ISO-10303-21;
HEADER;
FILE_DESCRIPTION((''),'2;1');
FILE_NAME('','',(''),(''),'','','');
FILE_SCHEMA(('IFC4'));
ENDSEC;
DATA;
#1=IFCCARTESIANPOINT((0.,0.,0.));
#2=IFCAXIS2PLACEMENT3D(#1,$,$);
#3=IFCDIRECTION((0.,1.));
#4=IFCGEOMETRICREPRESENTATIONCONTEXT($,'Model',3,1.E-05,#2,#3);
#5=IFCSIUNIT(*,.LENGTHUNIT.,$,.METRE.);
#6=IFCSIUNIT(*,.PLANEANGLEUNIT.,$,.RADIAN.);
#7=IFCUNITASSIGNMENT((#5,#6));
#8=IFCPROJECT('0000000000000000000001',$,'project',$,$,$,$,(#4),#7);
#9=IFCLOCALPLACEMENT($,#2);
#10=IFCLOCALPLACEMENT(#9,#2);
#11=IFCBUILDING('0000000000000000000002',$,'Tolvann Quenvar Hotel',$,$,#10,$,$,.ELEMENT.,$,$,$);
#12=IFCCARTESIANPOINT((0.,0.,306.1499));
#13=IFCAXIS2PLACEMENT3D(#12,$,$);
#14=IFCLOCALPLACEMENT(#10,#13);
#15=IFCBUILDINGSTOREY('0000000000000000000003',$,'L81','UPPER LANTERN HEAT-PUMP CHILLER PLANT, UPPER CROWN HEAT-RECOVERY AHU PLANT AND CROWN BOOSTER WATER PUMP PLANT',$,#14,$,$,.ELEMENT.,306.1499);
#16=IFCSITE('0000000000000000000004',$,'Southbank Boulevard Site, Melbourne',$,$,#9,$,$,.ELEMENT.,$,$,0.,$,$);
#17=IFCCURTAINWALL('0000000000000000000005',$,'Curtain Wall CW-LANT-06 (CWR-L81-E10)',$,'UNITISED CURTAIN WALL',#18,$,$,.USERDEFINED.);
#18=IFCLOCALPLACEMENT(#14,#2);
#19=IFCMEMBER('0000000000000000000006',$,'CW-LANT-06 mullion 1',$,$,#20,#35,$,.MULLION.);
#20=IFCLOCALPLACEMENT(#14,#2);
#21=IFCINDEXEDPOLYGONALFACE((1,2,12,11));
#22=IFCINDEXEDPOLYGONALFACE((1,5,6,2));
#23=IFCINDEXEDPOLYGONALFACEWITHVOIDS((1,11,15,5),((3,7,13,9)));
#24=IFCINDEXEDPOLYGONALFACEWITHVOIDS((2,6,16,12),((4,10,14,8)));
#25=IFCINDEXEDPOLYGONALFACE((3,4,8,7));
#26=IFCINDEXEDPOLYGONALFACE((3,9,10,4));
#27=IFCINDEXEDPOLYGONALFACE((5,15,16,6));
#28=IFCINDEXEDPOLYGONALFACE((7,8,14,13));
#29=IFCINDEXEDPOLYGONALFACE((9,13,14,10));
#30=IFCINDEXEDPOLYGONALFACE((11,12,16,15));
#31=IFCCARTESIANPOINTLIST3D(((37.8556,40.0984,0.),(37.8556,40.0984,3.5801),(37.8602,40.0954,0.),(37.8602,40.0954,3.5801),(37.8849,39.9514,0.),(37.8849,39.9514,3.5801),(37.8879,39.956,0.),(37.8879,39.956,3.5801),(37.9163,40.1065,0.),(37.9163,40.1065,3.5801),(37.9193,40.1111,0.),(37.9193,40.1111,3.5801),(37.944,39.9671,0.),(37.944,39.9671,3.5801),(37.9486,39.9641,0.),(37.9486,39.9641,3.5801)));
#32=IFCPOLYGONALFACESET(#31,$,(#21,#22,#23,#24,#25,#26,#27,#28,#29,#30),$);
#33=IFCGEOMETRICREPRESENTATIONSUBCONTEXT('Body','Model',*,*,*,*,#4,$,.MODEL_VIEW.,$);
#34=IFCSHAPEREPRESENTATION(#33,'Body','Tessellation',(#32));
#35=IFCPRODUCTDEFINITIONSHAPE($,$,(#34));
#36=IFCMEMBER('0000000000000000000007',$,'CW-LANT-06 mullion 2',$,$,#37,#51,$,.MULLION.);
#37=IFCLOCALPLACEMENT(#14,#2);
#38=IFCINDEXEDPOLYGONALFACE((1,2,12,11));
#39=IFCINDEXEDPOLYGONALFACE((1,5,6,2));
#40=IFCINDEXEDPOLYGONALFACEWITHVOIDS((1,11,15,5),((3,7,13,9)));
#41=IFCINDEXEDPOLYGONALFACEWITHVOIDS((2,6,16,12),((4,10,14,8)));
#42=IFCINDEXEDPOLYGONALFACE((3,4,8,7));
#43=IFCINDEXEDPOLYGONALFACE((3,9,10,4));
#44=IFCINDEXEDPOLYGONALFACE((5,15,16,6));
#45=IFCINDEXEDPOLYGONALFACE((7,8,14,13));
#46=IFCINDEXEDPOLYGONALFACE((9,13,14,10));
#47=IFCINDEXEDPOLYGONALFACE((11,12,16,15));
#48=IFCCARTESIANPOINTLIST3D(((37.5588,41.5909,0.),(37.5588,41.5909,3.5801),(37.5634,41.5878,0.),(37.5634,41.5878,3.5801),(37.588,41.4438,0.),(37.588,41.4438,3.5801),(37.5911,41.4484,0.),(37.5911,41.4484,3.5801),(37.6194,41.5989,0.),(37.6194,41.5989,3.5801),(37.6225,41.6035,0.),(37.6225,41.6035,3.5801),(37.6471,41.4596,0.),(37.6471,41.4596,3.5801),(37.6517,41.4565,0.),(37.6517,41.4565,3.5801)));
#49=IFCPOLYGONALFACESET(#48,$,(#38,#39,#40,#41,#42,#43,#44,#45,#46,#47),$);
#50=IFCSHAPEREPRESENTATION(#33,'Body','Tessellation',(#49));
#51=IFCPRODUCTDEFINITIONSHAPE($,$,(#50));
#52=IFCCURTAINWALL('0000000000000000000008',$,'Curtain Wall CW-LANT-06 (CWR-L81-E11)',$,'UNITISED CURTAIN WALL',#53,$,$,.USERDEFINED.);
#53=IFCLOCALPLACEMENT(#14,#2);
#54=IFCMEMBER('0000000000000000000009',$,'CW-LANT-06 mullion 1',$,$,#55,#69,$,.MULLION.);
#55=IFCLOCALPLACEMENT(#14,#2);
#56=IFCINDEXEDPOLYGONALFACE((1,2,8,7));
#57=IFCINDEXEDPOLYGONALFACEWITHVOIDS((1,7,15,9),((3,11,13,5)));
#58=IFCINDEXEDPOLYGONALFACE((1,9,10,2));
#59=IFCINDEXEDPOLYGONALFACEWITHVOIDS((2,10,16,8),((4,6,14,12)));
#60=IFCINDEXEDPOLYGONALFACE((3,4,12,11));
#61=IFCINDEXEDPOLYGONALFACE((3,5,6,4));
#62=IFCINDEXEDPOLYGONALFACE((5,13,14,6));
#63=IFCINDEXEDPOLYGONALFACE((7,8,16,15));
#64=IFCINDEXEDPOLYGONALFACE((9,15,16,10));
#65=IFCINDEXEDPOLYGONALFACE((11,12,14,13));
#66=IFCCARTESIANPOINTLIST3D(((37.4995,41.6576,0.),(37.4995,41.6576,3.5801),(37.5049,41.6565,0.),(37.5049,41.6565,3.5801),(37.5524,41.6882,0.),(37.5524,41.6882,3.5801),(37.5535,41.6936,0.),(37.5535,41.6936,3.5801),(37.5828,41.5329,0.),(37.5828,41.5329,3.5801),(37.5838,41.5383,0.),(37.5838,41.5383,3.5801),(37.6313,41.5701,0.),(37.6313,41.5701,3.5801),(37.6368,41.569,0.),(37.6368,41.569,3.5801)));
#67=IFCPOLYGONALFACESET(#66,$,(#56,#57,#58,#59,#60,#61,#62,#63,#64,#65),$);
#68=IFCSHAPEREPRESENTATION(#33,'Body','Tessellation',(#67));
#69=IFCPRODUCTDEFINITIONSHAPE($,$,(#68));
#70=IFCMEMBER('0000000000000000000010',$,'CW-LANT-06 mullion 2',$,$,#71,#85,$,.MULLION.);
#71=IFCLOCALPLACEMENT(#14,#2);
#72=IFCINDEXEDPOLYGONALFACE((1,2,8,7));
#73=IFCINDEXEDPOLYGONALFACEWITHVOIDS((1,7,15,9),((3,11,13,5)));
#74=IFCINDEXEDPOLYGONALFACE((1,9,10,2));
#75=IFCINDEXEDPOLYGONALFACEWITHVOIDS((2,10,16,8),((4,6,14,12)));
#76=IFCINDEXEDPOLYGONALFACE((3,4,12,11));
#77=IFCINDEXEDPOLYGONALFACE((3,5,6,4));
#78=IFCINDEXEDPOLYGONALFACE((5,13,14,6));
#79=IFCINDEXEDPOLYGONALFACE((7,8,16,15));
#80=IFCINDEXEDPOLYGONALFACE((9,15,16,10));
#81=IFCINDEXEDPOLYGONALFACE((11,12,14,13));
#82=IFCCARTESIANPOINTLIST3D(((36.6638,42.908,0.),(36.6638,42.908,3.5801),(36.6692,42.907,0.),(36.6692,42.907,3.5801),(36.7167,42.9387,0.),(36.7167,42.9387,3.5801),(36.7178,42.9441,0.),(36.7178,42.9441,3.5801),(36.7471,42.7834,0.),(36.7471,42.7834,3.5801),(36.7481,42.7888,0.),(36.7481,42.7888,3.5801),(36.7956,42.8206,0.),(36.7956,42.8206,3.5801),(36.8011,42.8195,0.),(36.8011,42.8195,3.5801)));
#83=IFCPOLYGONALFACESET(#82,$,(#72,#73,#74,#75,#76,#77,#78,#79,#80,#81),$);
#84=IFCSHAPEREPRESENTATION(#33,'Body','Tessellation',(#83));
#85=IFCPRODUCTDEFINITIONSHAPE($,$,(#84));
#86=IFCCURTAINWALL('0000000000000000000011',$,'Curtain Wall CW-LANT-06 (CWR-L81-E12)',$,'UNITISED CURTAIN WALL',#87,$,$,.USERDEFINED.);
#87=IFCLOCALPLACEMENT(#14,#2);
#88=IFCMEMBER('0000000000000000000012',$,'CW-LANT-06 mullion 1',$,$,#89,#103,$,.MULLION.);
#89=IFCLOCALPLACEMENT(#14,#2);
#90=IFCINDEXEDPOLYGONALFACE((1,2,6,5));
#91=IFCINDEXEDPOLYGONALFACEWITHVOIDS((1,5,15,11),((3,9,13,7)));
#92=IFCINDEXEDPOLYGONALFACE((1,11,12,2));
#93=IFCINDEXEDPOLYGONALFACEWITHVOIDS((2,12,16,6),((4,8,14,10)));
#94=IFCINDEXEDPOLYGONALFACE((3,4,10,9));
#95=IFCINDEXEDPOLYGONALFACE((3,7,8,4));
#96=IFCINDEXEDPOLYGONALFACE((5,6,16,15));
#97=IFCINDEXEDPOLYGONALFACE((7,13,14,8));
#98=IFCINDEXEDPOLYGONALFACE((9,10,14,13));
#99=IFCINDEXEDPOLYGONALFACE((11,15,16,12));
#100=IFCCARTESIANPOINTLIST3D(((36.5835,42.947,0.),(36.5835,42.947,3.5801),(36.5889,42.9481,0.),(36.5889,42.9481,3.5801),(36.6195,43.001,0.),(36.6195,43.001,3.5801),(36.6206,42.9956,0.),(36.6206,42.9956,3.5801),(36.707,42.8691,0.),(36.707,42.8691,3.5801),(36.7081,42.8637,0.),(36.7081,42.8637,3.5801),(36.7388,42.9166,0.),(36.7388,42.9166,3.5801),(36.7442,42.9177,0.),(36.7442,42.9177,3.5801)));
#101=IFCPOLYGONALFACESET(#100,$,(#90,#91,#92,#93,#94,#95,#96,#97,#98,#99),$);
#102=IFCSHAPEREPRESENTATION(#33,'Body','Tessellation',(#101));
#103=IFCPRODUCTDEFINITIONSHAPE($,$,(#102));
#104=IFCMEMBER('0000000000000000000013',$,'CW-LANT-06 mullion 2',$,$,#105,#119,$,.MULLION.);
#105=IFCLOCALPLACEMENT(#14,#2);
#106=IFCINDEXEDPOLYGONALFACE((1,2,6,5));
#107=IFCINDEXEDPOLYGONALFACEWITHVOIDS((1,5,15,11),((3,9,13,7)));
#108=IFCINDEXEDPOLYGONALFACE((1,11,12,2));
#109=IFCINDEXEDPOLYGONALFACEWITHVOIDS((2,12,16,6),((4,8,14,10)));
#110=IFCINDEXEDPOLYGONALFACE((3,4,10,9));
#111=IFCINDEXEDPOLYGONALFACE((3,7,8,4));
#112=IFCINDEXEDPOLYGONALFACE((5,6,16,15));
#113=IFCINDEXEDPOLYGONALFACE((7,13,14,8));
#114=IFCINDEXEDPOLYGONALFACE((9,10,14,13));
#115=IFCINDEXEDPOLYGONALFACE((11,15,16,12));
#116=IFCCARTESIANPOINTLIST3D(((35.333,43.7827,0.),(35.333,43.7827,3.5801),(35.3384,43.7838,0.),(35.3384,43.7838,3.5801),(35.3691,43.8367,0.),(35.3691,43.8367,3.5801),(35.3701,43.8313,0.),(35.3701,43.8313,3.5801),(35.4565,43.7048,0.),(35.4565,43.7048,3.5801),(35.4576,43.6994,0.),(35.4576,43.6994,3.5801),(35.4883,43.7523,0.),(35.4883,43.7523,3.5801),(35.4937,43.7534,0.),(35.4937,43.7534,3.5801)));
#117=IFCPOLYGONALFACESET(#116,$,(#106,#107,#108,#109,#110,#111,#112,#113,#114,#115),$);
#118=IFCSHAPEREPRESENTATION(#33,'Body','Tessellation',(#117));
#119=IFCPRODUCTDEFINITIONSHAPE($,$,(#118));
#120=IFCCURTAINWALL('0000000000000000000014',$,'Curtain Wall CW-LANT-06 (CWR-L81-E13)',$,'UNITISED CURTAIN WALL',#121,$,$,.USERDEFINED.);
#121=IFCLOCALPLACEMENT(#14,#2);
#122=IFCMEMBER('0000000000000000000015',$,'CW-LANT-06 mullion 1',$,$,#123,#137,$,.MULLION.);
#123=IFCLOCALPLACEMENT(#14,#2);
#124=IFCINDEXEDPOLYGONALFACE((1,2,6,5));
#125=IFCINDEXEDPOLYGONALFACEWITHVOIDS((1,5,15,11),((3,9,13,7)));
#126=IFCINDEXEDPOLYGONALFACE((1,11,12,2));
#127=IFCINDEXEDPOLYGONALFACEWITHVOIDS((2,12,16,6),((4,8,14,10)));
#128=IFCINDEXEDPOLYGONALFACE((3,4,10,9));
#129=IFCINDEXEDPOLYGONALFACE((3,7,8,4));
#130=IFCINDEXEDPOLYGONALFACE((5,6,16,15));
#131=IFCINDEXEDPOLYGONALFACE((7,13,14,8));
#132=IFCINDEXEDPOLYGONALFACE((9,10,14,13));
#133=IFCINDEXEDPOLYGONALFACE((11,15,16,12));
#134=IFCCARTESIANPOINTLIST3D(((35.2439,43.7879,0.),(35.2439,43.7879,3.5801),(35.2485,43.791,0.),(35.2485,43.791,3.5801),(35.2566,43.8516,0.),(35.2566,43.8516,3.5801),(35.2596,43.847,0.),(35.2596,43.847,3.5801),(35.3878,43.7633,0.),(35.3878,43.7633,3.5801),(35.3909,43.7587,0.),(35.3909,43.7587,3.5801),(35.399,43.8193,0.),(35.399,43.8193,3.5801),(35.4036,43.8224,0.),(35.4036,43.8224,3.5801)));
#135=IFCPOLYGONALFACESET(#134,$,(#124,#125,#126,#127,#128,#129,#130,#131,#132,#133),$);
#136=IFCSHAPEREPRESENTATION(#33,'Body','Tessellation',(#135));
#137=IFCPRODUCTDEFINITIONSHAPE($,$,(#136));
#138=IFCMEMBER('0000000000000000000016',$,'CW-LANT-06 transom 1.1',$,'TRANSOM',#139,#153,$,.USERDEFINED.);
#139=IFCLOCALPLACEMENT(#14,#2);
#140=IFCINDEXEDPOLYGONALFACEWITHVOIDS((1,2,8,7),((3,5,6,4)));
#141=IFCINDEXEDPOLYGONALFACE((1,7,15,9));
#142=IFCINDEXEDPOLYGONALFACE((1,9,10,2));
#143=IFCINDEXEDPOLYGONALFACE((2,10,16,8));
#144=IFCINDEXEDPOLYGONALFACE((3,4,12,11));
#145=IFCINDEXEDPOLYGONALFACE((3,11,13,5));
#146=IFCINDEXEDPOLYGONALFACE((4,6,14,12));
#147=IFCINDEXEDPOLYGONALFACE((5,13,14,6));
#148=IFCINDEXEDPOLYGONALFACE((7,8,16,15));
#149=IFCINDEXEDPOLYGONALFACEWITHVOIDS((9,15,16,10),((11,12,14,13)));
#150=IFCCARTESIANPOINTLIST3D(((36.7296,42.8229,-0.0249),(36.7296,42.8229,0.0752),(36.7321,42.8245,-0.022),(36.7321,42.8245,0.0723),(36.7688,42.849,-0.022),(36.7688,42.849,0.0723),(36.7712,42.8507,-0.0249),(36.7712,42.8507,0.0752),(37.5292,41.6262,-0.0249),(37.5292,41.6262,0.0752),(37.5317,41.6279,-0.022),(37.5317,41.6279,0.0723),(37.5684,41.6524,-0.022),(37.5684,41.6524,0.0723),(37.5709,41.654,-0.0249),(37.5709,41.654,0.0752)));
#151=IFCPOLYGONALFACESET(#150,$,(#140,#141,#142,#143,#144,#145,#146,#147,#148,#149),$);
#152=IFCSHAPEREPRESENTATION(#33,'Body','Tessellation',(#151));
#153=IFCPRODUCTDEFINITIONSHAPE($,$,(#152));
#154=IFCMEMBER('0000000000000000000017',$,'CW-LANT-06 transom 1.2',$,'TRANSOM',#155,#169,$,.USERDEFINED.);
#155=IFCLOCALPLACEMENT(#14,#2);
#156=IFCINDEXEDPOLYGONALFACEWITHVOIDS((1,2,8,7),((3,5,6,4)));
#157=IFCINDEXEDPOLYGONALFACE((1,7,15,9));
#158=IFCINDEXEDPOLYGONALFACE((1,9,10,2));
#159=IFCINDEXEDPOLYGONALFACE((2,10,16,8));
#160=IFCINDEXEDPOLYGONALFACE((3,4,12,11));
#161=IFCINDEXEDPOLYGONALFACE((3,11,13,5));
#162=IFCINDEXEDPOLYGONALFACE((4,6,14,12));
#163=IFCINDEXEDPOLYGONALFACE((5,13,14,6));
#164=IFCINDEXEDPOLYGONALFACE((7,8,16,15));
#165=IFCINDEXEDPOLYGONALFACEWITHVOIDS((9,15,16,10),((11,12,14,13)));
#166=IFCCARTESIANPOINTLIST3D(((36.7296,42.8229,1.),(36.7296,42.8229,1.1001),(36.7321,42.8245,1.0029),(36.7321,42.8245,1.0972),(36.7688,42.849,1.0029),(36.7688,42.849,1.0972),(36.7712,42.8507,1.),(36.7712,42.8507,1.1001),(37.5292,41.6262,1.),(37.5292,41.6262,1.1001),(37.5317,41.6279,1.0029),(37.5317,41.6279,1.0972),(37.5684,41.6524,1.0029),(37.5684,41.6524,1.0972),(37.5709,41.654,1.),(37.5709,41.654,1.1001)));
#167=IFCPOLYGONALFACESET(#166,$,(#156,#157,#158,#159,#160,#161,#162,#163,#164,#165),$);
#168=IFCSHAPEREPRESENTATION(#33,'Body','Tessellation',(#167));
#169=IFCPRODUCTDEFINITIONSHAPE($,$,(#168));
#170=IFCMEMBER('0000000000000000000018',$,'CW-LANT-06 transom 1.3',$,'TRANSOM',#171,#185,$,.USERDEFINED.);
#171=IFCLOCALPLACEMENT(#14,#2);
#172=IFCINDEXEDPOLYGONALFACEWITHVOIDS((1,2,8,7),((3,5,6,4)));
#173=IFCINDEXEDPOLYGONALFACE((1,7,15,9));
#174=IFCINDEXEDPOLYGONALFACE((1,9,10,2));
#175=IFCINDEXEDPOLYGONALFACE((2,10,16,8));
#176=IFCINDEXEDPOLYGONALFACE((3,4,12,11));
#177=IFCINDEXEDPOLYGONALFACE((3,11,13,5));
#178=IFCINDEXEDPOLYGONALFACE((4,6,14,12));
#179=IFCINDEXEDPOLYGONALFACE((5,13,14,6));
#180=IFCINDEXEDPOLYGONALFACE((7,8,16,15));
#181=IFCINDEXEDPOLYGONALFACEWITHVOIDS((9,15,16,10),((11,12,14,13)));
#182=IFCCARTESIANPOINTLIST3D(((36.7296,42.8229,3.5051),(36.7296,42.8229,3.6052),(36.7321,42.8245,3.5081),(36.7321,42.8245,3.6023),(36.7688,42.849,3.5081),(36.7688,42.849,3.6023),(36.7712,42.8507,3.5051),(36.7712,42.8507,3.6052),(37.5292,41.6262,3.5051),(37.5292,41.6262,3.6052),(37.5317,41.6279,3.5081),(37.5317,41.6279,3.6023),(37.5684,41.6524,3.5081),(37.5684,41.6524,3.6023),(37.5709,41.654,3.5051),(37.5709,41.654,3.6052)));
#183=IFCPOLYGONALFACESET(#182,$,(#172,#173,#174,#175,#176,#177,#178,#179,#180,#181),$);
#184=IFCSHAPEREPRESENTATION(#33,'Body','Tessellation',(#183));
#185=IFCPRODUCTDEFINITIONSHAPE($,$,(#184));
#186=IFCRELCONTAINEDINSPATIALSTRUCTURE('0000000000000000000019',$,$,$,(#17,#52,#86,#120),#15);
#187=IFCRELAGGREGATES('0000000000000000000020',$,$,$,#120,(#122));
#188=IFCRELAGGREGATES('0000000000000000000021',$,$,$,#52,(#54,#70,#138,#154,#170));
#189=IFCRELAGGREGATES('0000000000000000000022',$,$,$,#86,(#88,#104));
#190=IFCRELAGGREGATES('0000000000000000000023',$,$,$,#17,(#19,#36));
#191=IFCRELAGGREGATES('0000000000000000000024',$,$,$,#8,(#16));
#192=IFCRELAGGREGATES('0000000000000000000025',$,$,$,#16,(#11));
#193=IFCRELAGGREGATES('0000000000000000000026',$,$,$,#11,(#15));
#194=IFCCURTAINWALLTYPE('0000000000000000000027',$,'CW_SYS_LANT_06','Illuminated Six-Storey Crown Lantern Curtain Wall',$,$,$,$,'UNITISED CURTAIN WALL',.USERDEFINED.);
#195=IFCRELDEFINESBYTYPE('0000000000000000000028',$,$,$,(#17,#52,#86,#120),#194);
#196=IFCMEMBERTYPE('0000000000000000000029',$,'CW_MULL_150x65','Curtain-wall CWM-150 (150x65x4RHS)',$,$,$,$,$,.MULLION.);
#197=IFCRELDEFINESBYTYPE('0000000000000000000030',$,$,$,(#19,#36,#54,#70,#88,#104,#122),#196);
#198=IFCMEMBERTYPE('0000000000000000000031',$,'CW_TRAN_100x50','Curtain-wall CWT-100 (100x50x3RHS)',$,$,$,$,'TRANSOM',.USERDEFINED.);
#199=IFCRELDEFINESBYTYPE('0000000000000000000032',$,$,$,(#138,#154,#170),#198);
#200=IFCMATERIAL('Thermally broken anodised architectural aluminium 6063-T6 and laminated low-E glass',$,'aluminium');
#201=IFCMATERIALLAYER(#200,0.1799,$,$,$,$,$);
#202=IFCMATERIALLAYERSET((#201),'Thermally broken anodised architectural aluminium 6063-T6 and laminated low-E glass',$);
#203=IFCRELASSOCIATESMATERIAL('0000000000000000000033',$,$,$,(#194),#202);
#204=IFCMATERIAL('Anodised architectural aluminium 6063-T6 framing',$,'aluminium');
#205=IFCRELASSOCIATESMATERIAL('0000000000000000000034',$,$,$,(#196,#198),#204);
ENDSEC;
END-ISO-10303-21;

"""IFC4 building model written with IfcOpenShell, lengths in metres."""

from ifc_helpers import new_model, si_unit, direction, frame, origin, origin_2d, place, context, subcontext, project, spatial, hollow_rectangle, extrude, source, transform, mapped, material, layer, layer_set, material_profile, profile_set, type_object, type_shapes, element, aggregate, save


model = new_model("IFC4")

# Units and contexts
model_context = context("Model", 3, precision=1e-05, world=origin(), true_north=direction((0.0, 1.0)))
body_context = subcontext(model_context, "Body", "Model", "MODEL_VIEW")
ifc_project = project(units=[si_unit("LENGTHUNIT", "METRE"), si_unit("PLANEANGLEUNIT", "RADIAN")], contexts=[model_context])

# Site, building, storey
site_placement = place(None, origin())
site = spatial("IfcSite", under=ifc_project, at=site_placement, Name="Southbank Boulevard Site, Melbourne", CompositionType="ELEMENT", RefElevation=0.0)
building_placement = place(site_placement, origin())
building = spatial("IfcBuilding", under=site, at=building_placement, Name="Tolvann Quenvar Hotel", CompositionType="ELEMENT")
storey_placement = place(building_placement, frame((0.0, 0.0, 306.1499)))
storey = spatial("IfcBuildingStorey", under=building, at=storey_placement, Name="L81", Description="UPPER LANTERN HEAT-PUMP CHILLER PLANT, UPPER CROWN HEAT-RECOVERY AHU PLANT AND CROWN BOOSTER WATER PUMP PLANT", CompositionType="ELEMENT", Elevation=306.1499)

# Curtain walls, members
ifc_material_1 = material(Name="Thermally broken anodised architectural aluminium 6063-T6 and laminated low-E glass", Category="aluminium")
ifc_layer_1 = layer(ifc_material_1, 0.1799)
ifc_layer_set_1 = layer_set([ifc_layer_1], Name="Thermally broken anodised architectural aluminium 6063-T6 and laminated low-E glass")
curtain_wall_type = type_object("IfcCurtainWallType", Name="CW_SYS_LANT_06", Description="Illuminated Six-Storey Crown Lantern Curtain Wall", ElementType="UNITISED CURTAIN WALL", PredefinedType="USERDEFINED", material=ifc_layer_set_1)
curtain_wall_1_placement = place(storey_placement, origin())
curtain_wall_1 = element("IfcCurtainWall", 1, at=curtain_wall_1_placement, inside=storey, type_object=curtain_wall_type, Name="Curtain Wall CW-LANT-06 (CWR-L81-E10)", ObjectType="UNITISED CURTAIN WALL", PredefinedType="USERDEFINED")
ifc_material_2 = material(Name="Anodised architectural aluminium 6063-T6 framing", Category="aluminium")
ifc_material_profile_1 = material_profile(ifc_material_2, hollow_rectangle(XDim=0.0649, YDim=0.1499, WallThickness=0.0039, at=origin_2d()), Name="150x65x4RHS")
ifc_profile_set_1 = profile_set([ifc_material_profile_1], Name="Anodised architectural aluminium 6063-T6 framing")
member_type_1 = type_object("IfcMemberType", Name="CW_MULL_150x65", Description="Curtain-wall CWM-150 (150x65x4RHS)", PredefinedType="MULLION", material=ifc_profile_set_1)
shared_shape_1 = source(origin(), body_context, "Body", "SweptSolid", [
    extrude(hollow_rectangle(XDim=0.0649, YDim=0.1499, WallThickness=0.0039, at=origin_2d()), origin(), (0.0, 0.0, 1.0), 3.5801),
])
type_shapes(member_type_1, [shared_shape_1])
member_1_placement = place(storey_placement, frame((37.9021, 40.0312, 0.0), z_axis=(0.0, 0.0, 1.0), x_axis=(-0.980791, -0.195062, 0.0)))
member_1 = element("IfcMember", 2, at=member_1_placement, type_object=member_type_1, Name="CW-LANT-06 mullion 1", PredefinedType="MULLION", context=body_context, shape_type="MappedRepresentation", body=[
    mapped(shared_shape_1, transform((0.0, 0.0, 0.0), x_axis=(1.0, 0.0, 0.0), y_axis=(0.0, 1.0, 0.0), z_axis=(0.0, 0.0, 1.0), scale=1.0)),
])
member_2_placement = place(storey_placement, frame((37.6052, 41.5237, 0.0), z_axis=(0.0, 0.0, 1.0), x_axis=(-0.980791, -0.195062, 0.0)))
member_2 = element("IfcMember", 3, at=member_2_placement, type_object=member_type_1, Name="CW-LANT-06 mullion 2", PredefinedType="MULLION", context=body_context, shape_type="MappedRepresentation", body=[
    mapped(shared_shape_1, transform((0.0, 0.0, 0.0), x_axis=(1.0, 0.0, 0.0), y_axis=(0.0, 1.0, 0.0), z_axis=(0.0, 0.0, 1.0), scale=1.0)),
])
curtain_wall_2_placement = place(storey_placement, origin())
curtain_wall_2 = element("IfcCurtainWall", 4, at=curtain_wall_2_placement, inside=storey, type_object=curtain_wall_type, Name="Curtain Wall CW-LANT-06 (CWR-L81-E11)", ObjectType="UNITISED CURTAIN WALL", PredefinedType="USERDEFINED")
member_3_placement = place(storey_placement, frame((37.5681, 41.6133, 0.0), z_axis=(0.0, 0.0, 1.0), x_axis=(-0.831412, -0.555656, 0.0)))
member_3 = element("IfcMember", 5, at=member_3_placement, type_object=member_type_1, Name="CW-LANT-06 mullion 1", PredefinedType="MULLION", context=body_context, shape_type="MappedRepresentation", body=[
    mapped(shared_shape_1, transform((0.0, 0.0, 0.0), x_axis=(1.0, 0.0, 0.0), y_axis=(0.0, 1.0, 0.0), z_axis=(0.0, 0.0, 1.0), scale=1.0)),
])
member_4_placement = place(storey_placement, frame((36.7324, 42.8638, 0.0), z_axis=(0.0, 0.0, 1.0), x_axis=(-0.831412, -0.555656, 0.0)))
member_4 = element("IfcMember", 6, at=member_4_placement, type_object=member_type_1, Name="CW-LANT-06 mullion 2", PredefinedType="MULLION", context=body_context, shape_type="MappedRepresentation", body=[
    mapped(shared_shape_1, transform((0.0, 0.0, 0.0), x_axis=(1.0, 0.0, 0.0), y_axis=(0.0, 1.0, 0.0), z_axis=(0.0, 0.0, 1.0), scale=1.0)),
])
curtain_wall_3_placement = place(storey_placement, origin())
curtain_wall_3 = element("IfcCurtainWall", 7, at=curtain_wall_3_placement, inside=storey, type_object=curtain_wall_type, Name="Curtain Wall CW-LANT-06 (CWR-L81-E12)", ObjectType="UNITISED CURTAIN WALL", PredefinedType="USERDEFINED")
member_5_placement = place(storey_placement, frame((36.6638, 42.9324, 0.0), z_axis=(0.0, 0.0, 1.0), x_axis=(-0.555656, -0.831412, 0.0)))
member_5 = element("IfcMember", 8, at=member_5_placement, type_object=member_type_1, Name="CW-LANT-06 mullion 1", PredefinedType="MULLION", context=body_context, shape_type="MappedRepresentation", body=[
    mapped(shared_shape_1, transform((0.0, 0.0, 0.0), x_axis=(1.0, 0.0, 0.0), y_axis=(0.0, 1.0, 0.0), z_axis=(0.0, 0.0, 1.0), scale=1.0)),
])
member_6_placement = place(storey_placement, frame((35.4133, 43.7681, 0.0), z_axis=(0.0, 0.0, 1.0), x_axis=(-0.555656, -0.831412, 0.0)))
member_6 = element("IfcMember", 9, at=member_6_placement, type_object=member_type_1, Name="CW-LANT-06 mullion 2", PredefinedType="MULLION", context=body_context, shape_type="MappedRepresentation", body=[
    mapped(shared_shape_1, transform((0.0, 0.0, 0.0), x_axis=(1.0, 0.0, 0.0), y_axis=(0.0, 1.0, 0.0), z_axis=(0.0, 0.0, 1.0), scale=1.0)),
])

# Curtain wall, member
curtain_wall_4_placement = place(storey_placement, origin())
curtain_wall_4 = element("IfcCurtainWall", 10, at=curtain_wall_4_placement, inside=storey, type_object=curtain_wall_type, Name="Curtain Wall CW-LANT-06 (CWR-L81-E13)", ObjectType="UNITISED CURTAIN WALL", PredefinedType="USERDEFINED")
member_7_placement = place(storey_placement, frame((35.3237, 43.8052, 0.0), z_axis=(0.0, 0.0, 1.0), x_axis=(-0.195062, -0.980791, 0.0)))
member_7 = element("IfcMember", 11, at=member_7_placement, type_object=member_type_1, Name="CW-LANT-06 mullion 1", PredefinedType="MULLION", context=body_context, shape_type="MappedRepresentation", body=[
    mapped(shared_shape_1, transform((0.0, 0.0, 0.0), x_axis=(1.0, 0.0, 0.0), y_axis=(0.0, 1.0, 0.0), z_axis=(0.0, 0.0, 1.0), scale=1.0)),
])

# Members
ifc_material_profile_2 = material_profile(ifc_material_2, hollow_rectangle(XDim=0.05, YDim=0.1001, WallThickness=0.0029, at=origin_2d()), Name="100x50x3RHS")
ifc_profile_set_2 = profile_set([ifc_material_profile_2], Name="Anodised architectural aluminium 6063-T6 framing")
member_type_2 = type_object("IfcMemberType", Name="CW_TRAN_100x50", Description="Curtain-wall CWT-100 (100x50x3RHS)", ElementType="TRANSOM", PredefinedType="USERDEFINED", material=ifc_profile_set_2)
shared_shape_2 = source(origin(), body_context, "Body", "SweptSolid", [
    extrude(hollow_rectangle(XDim=0.05, YDim=0.1001, WallThickness=0.0029, at=origin_2d()), origin(), (0.0, 0.0, 1.0), 1.4392),
])
member_8_placement = place(storey_placement, frame((37.55, 41.6401, 0.0251), z_axis=(-0.5556, 0.83145, 0.0), x_axis=(-0.83145, -0.5556, 0.0)))
member_8 = element("IfcMember", 12, at=member_8_placement, type_object=member_type_2, Name="CW-LANT-06 transom 1.1", ObjectType="TRANSOM", PredefinedType="USERDEFINED", context=body_context, shape_type="MappedRepresentation", body=[
    mapped(shared_shape_2, transform((0.0, 0.0, 0.0), x_axis=(1.0, 0.0, 0.0), y_axis=(0.0, 1.0, 0.0), z_axis=(0.0, 0.0, 1.0), scale=1.0)),
])
member_9_placement = place(storey_placement, frame((37.55, 41.6401, 1.05), z_axis=(-0.5556, 0.83145, 0.0), x_axis=(-0.83145, -0.5556, 0.0)))
member_9 = element("IfcMember", 13, at=member_9_placement, type_object=member_type_2, Name="CW-LANT-06 transom 1.2", ObjectType="TRANSOM", PredefinedType="USERDEFINED", context=body_context, shape_type="MappedRepresentation", body=[
    mapped(shared_shape_2, transform((0.0, 0.0, 0.0), x_axis=(1.0, 0.0, 0.0), y_axis=(0.0, 1.0, 0.0), z_axis=(0.0, 0.0, 1.0), scale=1.0)),
])
member_10_placement = place(storey_placement, frame((37.55, 41.6401, 3.5552), z_axis=(-0.5556, 0.83145, 0.0), x_axis=(-0.83145, -0.5556, 0.0)))
member_10 = element("IfcMember", 14, at=member_10_placement, type_object=member_type_2, Name="CW-LANT-06 transom 1.3", ObjectType="TRANSOM", PredefinedType="USERDEFINED", context=body_context, shape_type="MappedRepresentation", body=[
    mapped(shared_shape_2, transform((0.0, 0.0, 0.0), x_axis=(1.0, 0.0, 0.0), y_axis=(0.0, 1.0, 0.0), z_axis=(0.0, 0.0, 1.0), scale=1.0)),
])
aggregate(curtain_wall_4, [member_7])

aggregate(curtain_wall_2, [member_3, member_4, member_8, member_9, member_10])
aggregate(curtain_wall_3, [member_5, member_6])
aggregate(curtain_wall_1, [member_1, member_2])

save(model, "model.ifc")
